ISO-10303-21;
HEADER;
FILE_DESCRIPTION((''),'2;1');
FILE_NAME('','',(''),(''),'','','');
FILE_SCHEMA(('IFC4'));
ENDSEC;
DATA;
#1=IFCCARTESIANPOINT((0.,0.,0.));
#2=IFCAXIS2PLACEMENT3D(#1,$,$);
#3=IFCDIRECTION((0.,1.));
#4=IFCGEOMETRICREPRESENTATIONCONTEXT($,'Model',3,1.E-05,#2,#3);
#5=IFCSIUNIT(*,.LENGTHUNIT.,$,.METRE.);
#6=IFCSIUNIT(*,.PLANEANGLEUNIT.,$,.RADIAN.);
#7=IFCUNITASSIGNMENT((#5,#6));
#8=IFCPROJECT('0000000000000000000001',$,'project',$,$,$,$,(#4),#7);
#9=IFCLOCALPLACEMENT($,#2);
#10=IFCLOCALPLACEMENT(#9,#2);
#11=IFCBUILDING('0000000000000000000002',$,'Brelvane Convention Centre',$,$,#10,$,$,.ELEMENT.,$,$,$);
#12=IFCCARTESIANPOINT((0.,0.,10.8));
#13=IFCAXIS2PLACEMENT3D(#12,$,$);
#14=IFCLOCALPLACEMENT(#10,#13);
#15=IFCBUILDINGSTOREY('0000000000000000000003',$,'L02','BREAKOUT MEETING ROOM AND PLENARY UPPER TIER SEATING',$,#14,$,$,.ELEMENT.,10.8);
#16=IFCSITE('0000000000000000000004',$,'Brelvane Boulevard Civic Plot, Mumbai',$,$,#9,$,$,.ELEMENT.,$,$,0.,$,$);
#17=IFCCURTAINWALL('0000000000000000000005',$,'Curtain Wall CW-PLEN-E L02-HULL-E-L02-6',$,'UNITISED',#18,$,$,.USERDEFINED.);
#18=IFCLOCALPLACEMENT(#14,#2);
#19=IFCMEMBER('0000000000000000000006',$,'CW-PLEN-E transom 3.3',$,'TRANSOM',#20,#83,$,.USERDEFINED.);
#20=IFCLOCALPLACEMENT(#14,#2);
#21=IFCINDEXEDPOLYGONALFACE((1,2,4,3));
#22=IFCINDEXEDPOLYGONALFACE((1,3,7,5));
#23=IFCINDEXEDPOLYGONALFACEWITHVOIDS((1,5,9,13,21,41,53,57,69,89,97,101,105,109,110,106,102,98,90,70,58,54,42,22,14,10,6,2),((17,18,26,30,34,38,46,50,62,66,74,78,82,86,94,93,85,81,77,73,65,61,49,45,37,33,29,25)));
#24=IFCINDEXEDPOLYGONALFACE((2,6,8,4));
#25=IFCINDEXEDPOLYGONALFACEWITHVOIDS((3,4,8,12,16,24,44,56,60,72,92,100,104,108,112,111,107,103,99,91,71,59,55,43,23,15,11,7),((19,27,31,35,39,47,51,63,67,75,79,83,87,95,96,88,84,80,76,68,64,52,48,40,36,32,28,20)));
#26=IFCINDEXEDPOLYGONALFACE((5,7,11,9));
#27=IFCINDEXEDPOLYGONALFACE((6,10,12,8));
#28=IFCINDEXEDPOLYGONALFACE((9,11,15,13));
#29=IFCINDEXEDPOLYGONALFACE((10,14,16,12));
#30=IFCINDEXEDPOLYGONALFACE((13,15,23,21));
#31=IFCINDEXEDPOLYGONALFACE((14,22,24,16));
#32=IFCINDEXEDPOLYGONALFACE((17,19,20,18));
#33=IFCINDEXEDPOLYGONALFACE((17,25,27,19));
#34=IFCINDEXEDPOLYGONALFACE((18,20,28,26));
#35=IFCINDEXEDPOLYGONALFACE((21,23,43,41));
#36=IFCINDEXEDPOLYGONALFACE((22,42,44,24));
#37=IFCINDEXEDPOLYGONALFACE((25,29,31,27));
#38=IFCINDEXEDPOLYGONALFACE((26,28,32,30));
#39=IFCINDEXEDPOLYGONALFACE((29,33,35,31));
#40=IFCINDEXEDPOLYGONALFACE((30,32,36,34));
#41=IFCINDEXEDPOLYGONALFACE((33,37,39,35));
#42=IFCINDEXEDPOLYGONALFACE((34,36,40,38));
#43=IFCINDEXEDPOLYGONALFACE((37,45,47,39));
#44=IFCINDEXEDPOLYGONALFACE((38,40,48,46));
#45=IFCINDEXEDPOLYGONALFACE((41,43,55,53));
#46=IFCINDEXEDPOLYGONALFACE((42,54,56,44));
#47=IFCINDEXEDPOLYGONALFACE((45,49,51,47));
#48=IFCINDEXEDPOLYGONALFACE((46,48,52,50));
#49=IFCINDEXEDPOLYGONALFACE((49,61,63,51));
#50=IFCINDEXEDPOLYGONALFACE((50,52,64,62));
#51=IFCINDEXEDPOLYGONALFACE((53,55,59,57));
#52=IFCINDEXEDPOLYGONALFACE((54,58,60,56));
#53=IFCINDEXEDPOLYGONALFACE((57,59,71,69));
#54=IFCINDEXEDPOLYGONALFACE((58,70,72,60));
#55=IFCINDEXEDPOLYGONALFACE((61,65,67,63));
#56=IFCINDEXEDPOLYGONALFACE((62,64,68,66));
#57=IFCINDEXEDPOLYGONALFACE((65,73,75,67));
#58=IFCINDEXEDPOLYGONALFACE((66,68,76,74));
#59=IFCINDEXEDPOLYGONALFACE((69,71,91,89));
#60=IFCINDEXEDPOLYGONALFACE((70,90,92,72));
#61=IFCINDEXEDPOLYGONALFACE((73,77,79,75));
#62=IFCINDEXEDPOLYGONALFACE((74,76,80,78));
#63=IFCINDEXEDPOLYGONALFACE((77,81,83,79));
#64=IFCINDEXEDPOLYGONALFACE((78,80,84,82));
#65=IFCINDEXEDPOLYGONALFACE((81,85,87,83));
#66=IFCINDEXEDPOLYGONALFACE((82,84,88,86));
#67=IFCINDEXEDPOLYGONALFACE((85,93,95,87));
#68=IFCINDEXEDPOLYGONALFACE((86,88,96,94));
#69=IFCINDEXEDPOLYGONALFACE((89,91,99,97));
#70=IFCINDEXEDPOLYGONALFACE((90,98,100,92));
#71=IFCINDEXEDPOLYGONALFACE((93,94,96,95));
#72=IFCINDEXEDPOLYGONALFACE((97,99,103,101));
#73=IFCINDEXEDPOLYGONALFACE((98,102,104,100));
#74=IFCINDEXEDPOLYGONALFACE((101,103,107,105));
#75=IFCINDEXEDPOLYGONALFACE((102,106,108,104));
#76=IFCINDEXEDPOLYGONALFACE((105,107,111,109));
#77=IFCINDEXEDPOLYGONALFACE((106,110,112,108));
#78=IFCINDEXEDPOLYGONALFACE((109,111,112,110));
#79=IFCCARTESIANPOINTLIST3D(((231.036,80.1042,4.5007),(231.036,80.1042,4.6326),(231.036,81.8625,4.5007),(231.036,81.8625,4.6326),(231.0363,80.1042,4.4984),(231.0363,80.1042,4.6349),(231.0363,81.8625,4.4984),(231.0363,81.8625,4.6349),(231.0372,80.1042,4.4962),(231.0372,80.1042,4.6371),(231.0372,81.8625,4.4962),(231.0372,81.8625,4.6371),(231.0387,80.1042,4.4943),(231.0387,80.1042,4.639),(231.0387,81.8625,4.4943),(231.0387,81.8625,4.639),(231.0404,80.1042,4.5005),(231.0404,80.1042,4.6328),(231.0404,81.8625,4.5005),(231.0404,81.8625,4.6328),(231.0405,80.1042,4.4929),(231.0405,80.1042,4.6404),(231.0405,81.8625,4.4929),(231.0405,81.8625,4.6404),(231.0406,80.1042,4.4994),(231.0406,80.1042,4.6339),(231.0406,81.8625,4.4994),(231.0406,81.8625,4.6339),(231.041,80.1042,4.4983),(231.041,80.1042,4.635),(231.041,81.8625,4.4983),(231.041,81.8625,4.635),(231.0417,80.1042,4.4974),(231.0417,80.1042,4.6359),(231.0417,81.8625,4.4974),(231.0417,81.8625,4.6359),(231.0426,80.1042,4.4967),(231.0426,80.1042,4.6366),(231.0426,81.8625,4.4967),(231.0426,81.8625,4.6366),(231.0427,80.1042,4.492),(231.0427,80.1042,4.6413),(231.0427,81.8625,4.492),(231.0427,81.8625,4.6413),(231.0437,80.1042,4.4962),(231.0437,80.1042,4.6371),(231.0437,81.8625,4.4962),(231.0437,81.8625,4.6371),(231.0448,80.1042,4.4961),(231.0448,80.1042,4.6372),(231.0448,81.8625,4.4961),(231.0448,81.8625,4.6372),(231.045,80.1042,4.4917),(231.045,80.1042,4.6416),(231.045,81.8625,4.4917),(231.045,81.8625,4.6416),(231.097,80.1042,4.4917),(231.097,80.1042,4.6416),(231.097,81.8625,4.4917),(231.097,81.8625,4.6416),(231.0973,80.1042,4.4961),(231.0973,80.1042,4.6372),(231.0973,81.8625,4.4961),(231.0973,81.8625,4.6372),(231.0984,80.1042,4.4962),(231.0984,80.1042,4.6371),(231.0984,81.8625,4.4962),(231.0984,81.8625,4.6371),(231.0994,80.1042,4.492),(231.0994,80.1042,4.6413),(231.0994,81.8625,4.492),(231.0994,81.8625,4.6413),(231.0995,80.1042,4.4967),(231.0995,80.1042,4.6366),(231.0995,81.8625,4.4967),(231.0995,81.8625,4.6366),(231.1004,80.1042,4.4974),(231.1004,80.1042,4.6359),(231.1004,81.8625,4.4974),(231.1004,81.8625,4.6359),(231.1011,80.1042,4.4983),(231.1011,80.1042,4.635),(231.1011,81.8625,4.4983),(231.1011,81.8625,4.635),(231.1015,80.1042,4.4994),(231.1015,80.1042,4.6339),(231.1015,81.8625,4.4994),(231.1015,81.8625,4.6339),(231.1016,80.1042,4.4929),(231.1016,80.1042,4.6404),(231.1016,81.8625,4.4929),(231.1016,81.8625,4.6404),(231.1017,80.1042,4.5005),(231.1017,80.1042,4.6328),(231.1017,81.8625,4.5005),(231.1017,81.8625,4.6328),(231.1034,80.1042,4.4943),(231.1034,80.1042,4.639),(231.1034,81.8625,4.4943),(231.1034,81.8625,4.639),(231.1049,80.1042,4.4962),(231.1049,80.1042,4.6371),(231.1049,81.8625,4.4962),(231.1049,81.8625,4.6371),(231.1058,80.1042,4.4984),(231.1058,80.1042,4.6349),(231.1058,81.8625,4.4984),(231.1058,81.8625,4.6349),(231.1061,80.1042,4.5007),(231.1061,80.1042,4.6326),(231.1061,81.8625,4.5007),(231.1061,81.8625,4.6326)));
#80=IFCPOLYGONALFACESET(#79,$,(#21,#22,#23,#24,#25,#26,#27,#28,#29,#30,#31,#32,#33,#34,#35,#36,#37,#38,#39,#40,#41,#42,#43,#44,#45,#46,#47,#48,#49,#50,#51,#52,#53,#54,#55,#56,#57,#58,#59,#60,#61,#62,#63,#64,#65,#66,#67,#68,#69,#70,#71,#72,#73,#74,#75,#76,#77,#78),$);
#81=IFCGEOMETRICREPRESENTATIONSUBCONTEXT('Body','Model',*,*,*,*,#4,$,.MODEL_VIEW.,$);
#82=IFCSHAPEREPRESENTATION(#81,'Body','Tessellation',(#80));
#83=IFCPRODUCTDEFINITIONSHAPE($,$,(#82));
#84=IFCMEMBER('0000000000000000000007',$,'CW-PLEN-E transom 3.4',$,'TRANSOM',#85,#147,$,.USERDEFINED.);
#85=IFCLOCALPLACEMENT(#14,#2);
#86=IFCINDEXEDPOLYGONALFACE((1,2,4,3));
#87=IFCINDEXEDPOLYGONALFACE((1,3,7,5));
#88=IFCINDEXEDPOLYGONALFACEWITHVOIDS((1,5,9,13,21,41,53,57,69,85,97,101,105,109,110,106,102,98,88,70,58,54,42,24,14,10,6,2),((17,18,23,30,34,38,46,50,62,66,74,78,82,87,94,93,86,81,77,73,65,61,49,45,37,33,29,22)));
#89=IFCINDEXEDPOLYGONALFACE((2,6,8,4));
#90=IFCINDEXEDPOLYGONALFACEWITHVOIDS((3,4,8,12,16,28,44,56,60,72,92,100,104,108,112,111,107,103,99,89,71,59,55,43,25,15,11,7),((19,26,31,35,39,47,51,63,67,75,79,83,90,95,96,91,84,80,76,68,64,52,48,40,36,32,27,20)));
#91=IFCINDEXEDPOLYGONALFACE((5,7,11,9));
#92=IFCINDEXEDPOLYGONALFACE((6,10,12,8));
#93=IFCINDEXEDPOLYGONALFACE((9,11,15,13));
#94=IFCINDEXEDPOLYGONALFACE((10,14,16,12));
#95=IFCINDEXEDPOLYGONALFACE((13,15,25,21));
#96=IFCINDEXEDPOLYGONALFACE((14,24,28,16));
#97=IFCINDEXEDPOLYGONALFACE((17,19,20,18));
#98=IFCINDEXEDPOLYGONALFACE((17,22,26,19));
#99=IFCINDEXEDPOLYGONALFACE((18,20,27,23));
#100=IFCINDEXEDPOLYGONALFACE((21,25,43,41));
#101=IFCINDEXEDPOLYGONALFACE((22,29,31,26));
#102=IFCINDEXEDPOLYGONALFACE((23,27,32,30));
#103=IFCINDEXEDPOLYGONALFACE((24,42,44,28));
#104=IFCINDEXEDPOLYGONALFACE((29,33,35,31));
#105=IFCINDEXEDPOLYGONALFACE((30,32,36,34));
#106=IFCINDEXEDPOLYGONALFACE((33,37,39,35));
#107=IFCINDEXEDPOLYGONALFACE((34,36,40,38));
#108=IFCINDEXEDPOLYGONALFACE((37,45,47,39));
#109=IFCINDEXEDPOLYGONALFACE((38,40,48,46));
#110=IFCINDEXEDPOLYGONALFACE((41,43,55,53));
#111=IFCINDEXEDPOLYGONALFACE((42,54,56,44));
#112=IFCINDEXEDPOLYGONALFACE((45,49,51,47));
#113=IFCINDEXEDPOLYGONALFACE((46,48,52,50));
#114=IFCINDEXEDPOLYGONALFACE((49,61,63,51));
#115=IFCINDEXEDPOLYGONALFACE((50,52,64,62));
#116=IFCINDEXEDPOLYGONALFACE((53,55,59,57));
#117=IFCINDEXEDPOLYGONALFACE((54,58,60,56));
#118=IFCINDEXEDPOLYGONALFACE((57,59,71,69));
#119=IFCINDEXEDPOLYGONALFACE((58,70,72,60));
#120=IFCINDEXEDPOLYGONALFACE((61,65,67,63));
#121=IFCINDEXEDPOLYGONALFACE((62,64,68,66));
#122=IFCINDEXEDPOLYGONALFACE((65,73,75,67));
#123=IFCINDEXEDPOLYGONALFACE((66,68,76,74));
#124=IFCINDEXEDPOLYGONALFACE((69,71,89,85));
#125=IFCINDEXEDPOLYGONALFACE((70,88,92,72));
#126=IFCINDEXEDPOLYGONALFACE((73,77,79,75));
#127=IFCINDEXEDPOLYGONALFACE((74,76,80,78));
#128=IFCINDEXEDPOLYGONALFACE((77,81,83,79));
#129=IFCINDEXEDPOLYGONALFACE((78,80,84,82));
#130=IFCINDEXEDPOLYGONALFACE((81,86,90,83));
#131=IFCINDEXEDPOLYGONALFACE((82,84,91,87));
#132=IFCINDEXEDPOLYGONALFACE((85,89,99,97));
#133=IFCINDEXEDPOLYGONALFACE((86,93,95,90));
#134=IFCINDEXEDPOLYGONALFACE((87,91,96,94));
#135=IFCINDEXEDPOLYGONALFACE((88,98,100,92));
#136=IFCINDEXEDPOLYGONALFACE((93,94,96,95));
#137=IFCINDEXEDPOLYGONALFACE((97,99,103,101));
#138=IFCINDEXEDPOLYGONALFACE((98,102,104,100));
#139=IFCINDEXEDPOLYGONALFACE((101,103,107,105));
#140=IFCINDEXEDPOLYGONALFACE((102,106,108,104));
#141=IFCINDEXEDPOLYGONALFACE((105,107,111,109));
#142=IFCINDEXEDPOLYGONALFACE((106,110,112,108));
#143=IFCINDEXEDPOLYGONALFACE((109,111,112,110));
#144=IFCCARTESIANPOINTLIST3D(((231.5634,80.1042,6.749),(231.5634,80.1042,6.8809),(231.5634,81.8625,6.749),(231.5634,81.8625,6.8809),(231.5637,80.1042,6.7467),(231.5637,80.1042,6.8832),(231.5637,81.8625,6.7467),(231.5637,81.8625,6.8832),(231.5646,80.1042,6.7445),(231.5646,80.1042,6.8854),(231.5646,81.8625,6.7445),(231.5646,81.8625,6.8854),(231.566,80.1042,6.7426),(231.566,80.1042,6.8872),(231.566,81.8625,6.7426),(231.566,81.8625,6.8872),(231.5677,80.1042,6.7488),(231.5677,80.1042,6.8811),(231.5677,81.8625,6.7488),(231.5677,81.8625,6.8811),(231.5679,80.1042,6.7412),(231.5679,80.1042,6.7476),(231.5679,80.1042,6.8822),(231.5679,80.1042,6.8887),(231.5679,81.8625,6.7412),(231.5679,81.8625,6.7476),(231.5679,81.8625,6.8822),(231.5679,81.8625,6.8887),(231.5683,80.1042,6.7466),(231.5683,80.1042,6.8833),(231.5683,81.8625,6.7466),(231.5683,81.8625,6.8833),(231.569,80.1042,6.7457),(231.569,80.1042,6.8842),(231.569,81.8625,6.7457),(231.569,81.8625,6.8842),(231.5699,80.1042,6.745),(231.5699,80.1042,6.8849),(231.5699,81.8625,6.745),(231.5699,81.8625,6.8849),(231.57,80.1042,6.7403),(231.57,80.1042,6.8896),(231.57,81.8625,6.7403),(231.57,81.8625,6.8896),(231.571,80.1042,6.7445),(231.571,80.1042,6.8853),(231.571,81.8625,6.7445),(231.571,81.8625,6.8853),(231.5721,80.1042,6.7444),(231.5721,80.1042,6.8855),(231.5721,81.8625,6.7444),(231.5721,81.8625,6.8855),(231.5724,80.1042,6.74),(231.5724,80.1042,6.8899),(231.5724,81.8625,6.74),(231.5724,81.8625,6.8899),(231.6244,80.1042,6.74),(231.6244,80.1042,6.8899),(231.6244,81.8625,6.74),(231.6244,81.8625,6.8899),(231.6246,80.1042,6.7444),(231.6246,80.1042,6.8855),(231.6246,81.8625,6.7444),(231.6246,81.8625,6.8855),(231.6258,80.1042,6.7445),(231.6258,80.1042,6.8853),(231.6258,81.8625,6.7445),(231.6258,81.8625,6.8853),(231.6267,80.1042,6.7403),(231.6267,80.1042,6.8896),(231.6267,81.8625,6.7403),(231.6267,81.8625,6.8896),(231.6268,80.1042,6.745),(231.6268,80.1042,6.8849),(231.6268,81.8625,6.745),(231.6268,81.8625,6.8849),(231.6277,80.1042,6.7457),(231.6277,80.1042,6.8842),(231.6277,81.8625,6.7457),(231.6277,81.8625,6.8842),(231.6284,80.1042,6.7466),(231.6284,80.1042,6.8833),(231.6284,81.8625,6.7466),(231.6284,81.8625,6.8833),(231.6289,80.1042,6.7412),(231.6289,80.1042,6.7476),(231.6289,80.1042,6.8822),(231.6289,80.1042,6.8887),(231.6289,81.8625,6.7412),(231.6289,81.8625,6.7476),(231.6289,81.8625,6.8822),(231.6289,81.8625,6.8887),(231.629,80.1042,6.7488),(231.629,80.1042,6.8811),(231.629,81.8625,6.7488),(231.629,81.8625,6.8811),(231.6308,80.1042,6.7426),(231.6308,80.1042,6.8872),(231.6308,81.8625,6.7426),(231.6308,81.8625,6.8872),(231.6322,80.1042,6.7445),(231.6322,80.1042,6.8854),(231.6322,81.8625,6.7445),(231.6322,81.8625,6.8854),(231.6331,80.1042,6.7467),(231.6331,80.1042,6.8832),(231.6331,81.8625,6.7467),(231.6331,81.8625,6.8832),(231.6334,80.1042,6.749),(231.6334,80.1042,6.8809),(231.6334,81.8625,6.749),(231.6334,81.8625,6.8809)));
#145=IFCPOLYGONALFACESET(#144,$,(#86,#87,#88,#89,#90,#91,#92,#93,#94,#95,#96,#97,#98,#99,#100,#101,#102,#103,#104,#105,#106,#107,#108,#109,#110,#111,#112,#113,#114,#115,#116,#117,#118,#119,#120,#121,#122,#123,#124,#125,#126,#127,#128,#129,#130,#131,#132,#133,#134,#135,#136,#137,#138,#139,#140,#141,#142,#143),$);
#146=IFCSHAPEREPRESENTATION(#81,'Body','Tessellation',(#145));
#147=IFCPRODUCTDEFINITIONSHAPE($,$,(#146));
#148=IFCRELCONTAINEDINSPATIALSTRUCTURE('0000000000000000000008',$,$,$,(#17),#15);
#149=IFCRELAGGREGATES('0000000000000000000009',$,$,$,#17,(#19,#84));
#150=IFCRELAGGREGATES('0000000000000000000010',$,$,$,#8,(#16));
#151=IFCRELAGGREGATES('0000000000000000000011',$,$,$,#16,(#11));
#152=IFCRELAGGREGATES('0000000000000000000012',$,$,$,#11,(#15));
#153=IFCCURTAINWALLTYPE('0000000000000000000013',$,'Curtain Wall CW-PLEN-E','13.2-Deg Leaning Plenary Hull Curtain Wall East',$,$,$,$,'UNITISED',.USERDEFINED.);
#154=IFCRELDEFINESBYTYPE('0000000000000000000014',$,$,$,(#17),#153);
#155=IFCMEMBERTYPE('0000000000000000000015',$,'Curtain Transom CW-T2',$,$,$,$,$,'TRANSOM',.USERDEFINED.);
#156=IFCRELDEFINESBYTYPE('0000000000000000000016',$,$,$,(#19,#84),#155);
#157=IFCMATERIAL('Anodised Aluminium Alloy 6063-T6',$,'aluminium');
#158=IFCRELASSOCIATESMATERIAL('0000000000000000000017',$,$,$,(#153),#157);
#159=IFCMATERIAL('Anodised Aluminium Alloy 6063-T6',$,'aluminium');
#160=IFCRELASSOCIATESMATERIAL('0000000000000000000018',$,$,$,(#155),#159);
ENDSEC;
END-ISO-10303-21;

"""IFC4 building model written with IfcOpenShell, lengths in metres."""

from ifc_helpers import new_model, si_unit, direction, frame, origin, origin_2d, place, context, subcontext, project, spatial, hollow_rectangle, extrude, material, material_profile, profile_set, type_object, element, aggregate, save


model = new_model("IFC4")

# Units and contexts
model_context = context("Model", 3, precision=1e-05, world=origin(), true_north=direction((0.0, 1.0)))
body_context = subcontext(model_context, "Body", "Model", "MODEL_VIEW")
ifc_project = project(units=[si_unit("LENGTHUNIT", "METRE"), si_unit("PLANEANGLEUNIT", "RADIAN")], contexts=[model_context])

# Site, building, storey
site_placement = place(None, origin())
site = spatial("IfcSite", under=ifc_project, at=site_placement, Name="Brelvane Boulevard Civic Plot, Mumbai", CompositionType="ELEMENT", RefElevation=0.0)
building_placement = place(site_placement, origin())
building = spatial("IfcBuilding", under=site, at=building_placement, Name="Brelvane Convention Centre", CompositionType="ELEMENT")
storey_placement = place(building_placement, frame((0.0, 0.0, 10.8)))
storey = spatial("IfcBuildingStorey", under=building, at=storey_placement, Name="L02", Description="BREAKOUT MEETING ROOM AND PLENARY UPPER TIER SEATING", CompositionType="ELEMENT", Elevation=10.8)

# Curtain wall, members
ifc_material_1 = material(Name="Anodised Aluminium Alloy 6063-T6", Category="aluminium")
curtain_wall_type = type_object("IfcCurtainWallType", Name="Curtain Wall CW-PLEN-E", Description="13.2-Deg Leaning Plenary Hull Curtain Wall East", ElementType="UNITISED", PredefinedType="USERDEFINED", material=ifc_material_1)
curtain_wall_placement = place(storey_placement, origin())
curtain_wall = element("IfcCurtainWall", 1, at=curtain_wall_placement, inside=storey, type_object=curtain_wall_type, Name="Curtain Wall CW-PLEN-E L02-HULL-E-L02-6", ObjectType="UNITISED", PredefinedType="USERDEFINED")
ifc_material_2 = material(Name="Anodised Aluminium Alloy 6063-T6", Category="aluminium")
ifc_material_profile = material_profile(ifc_material_2, hollow_rectangle(XDim=0.0701, YDim=0.1499, WallThickness=0.0044, InnerFilletRadius=0.0044, OuterFilletRadius=0.009, at=origin_2d()), Name="ALU-T 150x70x4.5")
ifc_profile_set = profile_set([ifc_material_profile], Name="Anodised Aluminium Alloy 6063-T6")
member_type = type_object("IfcMemberType", Name="Curtain Transom CW-T2", ElementType="TRANSOM", PredefinedType="USERDEFINED", material=ifc_profile_set)
member_1_placement = place(storey_placement, frame((231.071, 80.1042, 4.5667), z_axis=(0.0, 1.0, 0.0), x_axis=(-1.0, 0.0, 0.0)))
member_1 = element("IfcMember", 2, at=member_1_placement, type_object=member_type, Name="CW-PLEN-E transom 3.3", ObjectType="TRANSOM", PredefinedType="USERDEFINED", context=body_context, shape_type="SweptSolid", body=[
    extrude(hollow_rectangle(XDim=0.0701, YDim=0.1499, WallThickness=0.0044, InnerFilletRadius=0.0044, OuterFilletRadius=0.009, at=origin_2d()), origin(), (0.0, 0.0, 1.0), 1.7583),
])
member_2_placement = place(storey_placement, frame((231.5984, 80.1042, 6.8149), z_axis=(0.0, 1.0, 0.0), x_axis=(-1.0, 0.0, 0.0)))
member_2 = element("IfcMember", 3, at=member_2_placement, type_object=member_type, Name="CW-PLEN-E transom 3.4", ObjectType="TRANSOM", PredefinedType="USERDEFINED", context=body_context, shape_type="SweptSolid", body=[
    extrude(hollow_rectangle(XDim=0.0701, YDim=0.1499, WallThickness=0.0044, InnerFilletRadius=0.0044, OuterFilletRadius=0.009, at=origin_2d()), origin(), (0.0, 0.0, 1.0), 1.7583),
])
aggregate(curtain_wall, [member_1, member_2])

save(model, "model.ifc")
